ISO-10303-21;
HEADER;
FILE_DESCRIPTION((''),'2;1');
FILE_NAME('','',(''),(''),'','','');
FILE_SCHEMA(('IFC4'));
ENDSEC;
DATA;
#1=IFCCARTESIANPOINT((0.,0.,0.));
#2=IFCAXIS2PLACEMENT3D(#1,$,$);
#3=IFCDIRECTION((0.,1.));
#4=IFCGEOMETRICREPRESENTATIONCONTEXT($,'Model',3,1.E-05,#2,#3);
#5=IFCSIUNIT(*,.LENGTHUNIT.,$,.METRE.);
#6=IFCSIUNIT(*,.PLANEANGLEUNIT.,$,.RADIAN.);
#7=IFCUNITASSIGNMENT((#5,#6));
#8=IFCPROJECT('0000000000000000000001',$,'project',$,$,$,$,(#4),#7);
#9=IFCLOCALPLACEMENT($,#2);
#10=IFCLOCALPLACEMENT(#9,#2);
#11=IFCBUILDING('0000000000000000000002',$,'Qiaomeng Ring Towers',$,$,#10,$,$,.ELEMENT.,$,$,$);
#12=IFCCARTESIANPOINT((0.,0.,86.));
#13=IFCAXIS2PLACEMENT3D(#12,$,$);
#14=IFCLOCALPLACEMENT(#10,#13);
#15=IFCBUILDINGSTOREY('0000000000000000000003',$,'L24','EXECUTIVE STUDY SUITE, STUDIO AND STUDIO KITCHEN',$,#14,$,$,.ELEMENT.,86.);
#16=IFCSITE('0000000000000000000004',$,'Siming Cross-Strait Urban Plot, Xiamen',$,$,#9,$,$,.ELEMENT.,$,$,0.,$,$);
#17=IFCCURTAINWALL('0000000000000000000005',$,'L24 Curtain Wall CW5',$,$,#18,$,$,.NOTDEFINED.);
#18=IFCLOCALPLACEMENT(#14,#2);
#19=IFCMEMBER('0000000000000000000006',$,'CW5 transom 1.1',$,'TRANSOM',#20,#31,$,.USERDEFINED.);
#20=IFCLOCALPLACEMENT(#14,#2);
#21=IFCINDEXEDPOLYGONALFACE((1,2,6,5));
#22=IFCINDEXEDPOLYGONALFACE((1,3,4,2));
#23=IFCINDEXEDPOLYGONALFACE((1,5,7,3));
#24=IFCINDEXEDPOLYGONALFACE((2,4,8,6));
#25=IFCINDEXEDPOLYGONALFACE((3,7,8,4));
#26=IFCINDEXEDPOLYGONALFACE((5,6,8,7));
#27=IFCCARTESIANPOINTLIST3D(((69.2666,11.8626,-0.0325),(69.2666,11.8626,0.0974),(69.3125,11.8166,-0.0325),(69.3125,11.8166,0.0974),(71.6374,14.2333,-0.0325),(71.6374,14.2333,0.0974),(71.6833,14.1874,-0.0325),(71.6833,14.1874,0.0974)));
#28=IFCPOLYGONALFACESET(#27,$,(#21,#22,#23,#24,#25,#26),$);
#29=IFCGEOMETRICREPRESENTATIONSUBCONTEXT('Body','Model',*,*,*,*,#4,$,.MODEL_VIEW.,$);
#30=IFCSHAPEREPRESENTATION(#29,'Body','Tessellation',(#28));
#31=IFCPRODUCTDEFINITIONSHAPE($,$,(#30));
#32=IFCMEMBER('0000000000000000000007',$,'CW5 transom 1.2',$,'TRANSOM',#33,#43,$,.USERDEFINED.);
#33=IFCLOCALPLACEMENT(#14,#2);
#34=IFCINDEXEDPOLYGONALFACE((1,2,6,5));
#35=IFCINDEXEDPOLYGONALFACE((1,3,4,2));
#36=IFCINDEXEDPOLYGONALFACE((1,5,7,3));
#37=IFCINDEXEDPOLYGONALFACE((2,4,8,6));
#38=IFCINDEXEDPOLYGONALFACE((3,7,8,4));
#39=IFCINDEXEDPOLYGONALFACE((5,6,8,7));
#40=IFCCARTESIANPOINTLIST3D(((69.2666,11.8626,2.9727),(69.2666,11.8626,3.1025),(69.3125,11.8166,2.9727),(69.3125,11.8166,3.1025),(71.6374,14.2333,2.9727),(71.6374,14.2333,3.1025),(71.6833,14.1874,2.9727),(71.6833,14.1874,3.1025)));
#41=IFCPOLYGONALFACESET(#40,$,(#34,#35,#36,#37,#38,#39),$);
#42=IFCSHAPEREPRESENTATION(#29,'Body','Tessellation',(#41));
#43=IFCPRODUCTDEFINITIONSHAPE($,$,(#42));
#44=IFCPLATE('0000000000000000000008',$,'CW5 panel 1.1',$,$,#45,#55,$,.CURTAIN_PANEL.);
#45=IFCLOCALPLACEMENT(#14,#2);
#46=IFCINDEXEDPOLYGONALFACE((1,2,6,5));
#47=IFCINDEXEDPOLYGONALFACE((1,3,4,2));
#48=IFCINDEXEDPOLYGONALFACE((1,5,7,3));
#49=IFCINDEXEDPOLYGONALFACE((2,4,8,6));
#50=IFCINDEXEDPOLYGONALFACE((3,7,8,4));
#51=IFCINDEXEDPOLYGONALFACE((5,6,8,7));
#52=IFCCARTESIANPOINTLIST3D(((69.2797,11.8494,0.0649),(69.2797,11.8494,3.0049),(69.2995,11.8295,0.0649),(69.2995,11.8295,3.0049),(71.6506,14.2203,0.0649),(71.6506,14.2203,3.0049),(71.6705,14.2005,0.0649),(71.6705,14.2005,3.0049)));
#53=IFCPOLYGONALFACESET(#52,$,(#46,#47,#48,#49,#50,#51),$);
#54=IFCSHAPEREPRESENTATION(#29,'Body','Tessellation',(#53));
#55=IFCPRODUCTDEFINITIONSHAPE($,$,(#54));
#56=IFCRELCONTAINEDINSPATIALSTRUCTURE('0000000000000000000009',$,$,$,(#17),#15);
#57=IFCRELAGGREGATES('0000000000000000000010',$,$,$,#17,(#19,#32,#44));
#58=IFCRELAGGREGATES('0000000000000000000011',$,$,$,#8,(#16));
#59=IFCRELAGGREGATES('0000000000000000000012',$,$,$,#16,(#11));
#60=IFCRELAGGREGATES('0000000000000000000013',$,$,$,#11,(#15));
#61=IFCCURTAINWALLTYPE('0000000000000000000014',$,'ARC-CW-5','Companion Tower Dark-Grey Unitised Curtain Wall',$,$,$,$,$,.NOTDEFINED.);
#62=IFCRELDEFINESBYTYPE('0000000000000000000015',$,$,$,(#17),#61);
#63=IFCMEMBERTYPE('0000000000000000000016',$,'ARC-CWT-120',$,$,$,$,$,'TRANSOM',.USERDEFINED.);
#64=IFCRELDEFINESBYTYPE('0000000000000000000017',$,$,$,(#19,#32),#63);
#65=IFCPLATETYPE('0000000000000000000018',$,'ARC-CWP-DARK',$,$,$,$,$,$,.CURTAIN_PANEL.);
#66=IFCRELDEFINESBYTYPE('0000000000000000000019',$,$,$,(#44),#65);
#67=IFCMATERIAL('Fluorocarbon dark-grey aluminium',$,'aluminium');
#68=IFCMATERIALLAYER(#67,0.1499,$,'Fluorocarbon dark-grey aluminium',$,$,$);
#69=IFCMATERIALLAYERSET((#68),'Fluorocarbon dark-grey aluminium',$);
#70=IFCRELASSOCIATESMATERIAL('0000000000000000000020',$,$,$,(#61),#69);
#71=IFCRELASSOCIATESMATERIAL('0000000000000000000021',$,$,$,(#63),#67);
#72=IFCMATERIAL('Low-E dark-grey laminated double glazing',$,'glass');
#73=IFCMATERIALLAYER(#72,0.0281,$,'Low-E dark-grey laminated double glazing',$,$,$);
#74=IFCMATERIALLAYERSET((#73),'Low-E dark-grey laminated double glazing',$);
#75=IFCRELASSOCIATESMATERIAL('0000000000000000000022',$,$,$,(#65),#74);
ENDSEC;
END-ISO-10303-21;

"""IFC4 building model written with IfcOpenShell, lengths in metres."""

from ifc_helpers import new_model, si_unit, direction, frame, origin, origin_2d, place, context, subcontext, project, spatial, rectangle, extrude, source, transform, mapped, material, layer, layer_set, material_profile, profile_set, type_object, element, aggregate, save


model = new_model("IFC4")

# Units and contexts
model_context = context("Model", 3, precision=1e-05, world=origin(), true_north=direction((0.0, 1.0)))
body_context = subcontext(model_context, "Body", "Model", "MODEL_VIEW")
ifc_project = project(units=[si_unit("LENGTHUNIT", "METRE"), si_unit("PLANEANGLEUNIT", "RADIAN")], contexts=[model_context])

# Site, building, storey
site_placement = place(None, origin())
site = spatial("IfcSite", under=ifc_project, at=site_placement, Name="Siming Cross-Strait Urban Plot, Xiamen", CompositionType="ELEMENT", RefElevation=0.0)
building_placement = place(site_placement, origin())
building = spatial("IfcBuilding", under=site, at=building_placement, Name="Qiaomeng Ring Towers", CompositionType="ELEMENT")
storey_placement = place(building_placement, frame((0.0, 0.0, 86.0)))
storey = spatial("IfcBuildingStorey", under=building, at=storey_placement, Name="L24", Description="EXECUTIVE STUDY SUITE, STUDIO AND STUDIO KITCHEN", CompositionType="ELEMENT", Elevation=86.0)

# Curtain wall
ifc_material_1 = material(Name="Fluorocarbon dark-grey aluminium", Category="aluminium")
ifc_layer_1 = layer(ifc_material_1, 0.1499, Name="Fluorocarbon dark-grey aluminium")
ifc_layer_set_1 = layer_set([ifc_layer_1], Name="Fluorocarbon dark-grey aluminium")
curtain_wall_type = type_object("IfcCurtainWallType", Name="ARC-CW-5", Description="Companion Tower Dark-Grey Unitised Curtain Wall", PredefinedType="NOTDEFINED", material=ifc_layer_set_1)
curtain_wall_1_placement = place(storey_placement, origin())
curtain_wall_1 = element("IfcCurtainWall", 1, at=curtain_wall_1_placement, inside=storey, type_object=curtain_wall_type, Name="L24 Curtain Wall CW5", PredefinedType="NOTDEFINED")

# Members
ifc_material_profile_1 = material_profile(ifc_material_1, rectangle(XDim=0.0649, YDim=0.1299, at=origin_2d()), Name="ALU TRAN 65x130")
ifc_profile_set_1 = profile_set([ifc_material_profile_1], Name="Fluorocarbon dark-grey aluminium")
member_type_1 = type_object("IfcMemberType", Name="ARC-CWT-120", ElementType="TRANSOM", PredefinedType="USERDEFINED", material=ifc_profile_set_1)
shared_shape_1 = source(origin(), body_context, "Body", "SweptSolid", [
    extrude(rectangle(XDim=0.0649, YDim=0.1299, at=origin_2d()), origin(), (0.0, 0.0, 1.0), 3.3528),
])
member_1_placement = place(storey_placement, frame((69.2896, 11.8396, 0.0325), z_axis=(0.707107, 0.707107, 0.0), x_axis=(-0.707107, 0.707107, 0.0)))
member_1 = element("IfcMember", 2, at=member_1_placement, type_object=member_type_1, Name="CW5 transom 1.1", ObjectType="TRANSOM", PredefinedType="USERDEFINED", context=body_context, shape_type="MappedRepresentation", body=[
    mapped(shared_shape_1, transform((0.0, 0.0, 0.0), x_axis=(1.0, 0.0, 0.0), y_axis=(0.0, 1.0, 0.0), z_axis=(0.0, 0.0, 1.0), scale=1.0)),
])
member_2_placement = place(storey_placement, frame((69.2896, 11.8396, 3.0376), z_axis=(0.707107, 0.707107, 0.0), x_axis=(-0.707107, 0.707107, 0.0)))
member_2 = element("IfcMember", 3, at=member_2_placement, type_object=member_type_1, Name="CW5 transom 1.2", ObjectType="TRANSOM", PredefinedType="USERDEFINED", context=body_context, shape_type="MappedRepresentation", body=[
    mapped(shared_shape_1, transform((0.0, 0.0, 0.0), x_axis=(1.0, 0.0, 0.0), y_axis=(0.0, 1.0, 0.0), z_axis=(0.0, 0.0, 1.0), scale=1.0)),
])

# Plate
ifc_material_2 = material(Name="Low-E dark-grey laminated double glazing", Category="glass")
ifc_layer_2 = layer(ifc_material_2, 0.0281, Name="Low-E dark-grey laminated double glazing")
ifc_layer_set_2 = layer_set([ifc_layer_2], Name="Low-E dark-grey laminated double glazing")
plate_type = type_object("IfcPlateType", Name="ARC-CWP-DARK", PredefinedType="CURTAIN_PANEL", material=ifc_layer_set_2)
shared_shape_2 = source(origin(), body_context, "Body", "SweptSolid", [
    extrude(rectangle(XDim=3.353, YDim=0.0281, at=origin_2d()), origin(), (0.0, 0.0, 1.0), 2.9399),
])
plate_placement = place(storey_placement, frame((70.4751, 13.0249, 0.0649), z_axis=(0.0, 0.0, 1.0), x_axis=(0.707107, 0.707107, 0.0)))
plate = element("IfcPlate", 4, at=plate_placement, type_object=plate_type, Name="CW5 panel 1.1", PredefinedType="CURTAIN_PANEL", context=body_context, shape_type="MappedRepresentation", body=[
    mapped(shared_shape_2, transform((0.0, 0.0, 0.0), x_axis=(1.0, 0.0, 0.0), y_axis=(0.0, 1.0, 0.0), z_axis=(0.0, 0.0, 1.0), scale=1.0)),
])
aggregate(curtain_wall_1, [member_1, member_2, plate])

save(model, "model.ifc")
